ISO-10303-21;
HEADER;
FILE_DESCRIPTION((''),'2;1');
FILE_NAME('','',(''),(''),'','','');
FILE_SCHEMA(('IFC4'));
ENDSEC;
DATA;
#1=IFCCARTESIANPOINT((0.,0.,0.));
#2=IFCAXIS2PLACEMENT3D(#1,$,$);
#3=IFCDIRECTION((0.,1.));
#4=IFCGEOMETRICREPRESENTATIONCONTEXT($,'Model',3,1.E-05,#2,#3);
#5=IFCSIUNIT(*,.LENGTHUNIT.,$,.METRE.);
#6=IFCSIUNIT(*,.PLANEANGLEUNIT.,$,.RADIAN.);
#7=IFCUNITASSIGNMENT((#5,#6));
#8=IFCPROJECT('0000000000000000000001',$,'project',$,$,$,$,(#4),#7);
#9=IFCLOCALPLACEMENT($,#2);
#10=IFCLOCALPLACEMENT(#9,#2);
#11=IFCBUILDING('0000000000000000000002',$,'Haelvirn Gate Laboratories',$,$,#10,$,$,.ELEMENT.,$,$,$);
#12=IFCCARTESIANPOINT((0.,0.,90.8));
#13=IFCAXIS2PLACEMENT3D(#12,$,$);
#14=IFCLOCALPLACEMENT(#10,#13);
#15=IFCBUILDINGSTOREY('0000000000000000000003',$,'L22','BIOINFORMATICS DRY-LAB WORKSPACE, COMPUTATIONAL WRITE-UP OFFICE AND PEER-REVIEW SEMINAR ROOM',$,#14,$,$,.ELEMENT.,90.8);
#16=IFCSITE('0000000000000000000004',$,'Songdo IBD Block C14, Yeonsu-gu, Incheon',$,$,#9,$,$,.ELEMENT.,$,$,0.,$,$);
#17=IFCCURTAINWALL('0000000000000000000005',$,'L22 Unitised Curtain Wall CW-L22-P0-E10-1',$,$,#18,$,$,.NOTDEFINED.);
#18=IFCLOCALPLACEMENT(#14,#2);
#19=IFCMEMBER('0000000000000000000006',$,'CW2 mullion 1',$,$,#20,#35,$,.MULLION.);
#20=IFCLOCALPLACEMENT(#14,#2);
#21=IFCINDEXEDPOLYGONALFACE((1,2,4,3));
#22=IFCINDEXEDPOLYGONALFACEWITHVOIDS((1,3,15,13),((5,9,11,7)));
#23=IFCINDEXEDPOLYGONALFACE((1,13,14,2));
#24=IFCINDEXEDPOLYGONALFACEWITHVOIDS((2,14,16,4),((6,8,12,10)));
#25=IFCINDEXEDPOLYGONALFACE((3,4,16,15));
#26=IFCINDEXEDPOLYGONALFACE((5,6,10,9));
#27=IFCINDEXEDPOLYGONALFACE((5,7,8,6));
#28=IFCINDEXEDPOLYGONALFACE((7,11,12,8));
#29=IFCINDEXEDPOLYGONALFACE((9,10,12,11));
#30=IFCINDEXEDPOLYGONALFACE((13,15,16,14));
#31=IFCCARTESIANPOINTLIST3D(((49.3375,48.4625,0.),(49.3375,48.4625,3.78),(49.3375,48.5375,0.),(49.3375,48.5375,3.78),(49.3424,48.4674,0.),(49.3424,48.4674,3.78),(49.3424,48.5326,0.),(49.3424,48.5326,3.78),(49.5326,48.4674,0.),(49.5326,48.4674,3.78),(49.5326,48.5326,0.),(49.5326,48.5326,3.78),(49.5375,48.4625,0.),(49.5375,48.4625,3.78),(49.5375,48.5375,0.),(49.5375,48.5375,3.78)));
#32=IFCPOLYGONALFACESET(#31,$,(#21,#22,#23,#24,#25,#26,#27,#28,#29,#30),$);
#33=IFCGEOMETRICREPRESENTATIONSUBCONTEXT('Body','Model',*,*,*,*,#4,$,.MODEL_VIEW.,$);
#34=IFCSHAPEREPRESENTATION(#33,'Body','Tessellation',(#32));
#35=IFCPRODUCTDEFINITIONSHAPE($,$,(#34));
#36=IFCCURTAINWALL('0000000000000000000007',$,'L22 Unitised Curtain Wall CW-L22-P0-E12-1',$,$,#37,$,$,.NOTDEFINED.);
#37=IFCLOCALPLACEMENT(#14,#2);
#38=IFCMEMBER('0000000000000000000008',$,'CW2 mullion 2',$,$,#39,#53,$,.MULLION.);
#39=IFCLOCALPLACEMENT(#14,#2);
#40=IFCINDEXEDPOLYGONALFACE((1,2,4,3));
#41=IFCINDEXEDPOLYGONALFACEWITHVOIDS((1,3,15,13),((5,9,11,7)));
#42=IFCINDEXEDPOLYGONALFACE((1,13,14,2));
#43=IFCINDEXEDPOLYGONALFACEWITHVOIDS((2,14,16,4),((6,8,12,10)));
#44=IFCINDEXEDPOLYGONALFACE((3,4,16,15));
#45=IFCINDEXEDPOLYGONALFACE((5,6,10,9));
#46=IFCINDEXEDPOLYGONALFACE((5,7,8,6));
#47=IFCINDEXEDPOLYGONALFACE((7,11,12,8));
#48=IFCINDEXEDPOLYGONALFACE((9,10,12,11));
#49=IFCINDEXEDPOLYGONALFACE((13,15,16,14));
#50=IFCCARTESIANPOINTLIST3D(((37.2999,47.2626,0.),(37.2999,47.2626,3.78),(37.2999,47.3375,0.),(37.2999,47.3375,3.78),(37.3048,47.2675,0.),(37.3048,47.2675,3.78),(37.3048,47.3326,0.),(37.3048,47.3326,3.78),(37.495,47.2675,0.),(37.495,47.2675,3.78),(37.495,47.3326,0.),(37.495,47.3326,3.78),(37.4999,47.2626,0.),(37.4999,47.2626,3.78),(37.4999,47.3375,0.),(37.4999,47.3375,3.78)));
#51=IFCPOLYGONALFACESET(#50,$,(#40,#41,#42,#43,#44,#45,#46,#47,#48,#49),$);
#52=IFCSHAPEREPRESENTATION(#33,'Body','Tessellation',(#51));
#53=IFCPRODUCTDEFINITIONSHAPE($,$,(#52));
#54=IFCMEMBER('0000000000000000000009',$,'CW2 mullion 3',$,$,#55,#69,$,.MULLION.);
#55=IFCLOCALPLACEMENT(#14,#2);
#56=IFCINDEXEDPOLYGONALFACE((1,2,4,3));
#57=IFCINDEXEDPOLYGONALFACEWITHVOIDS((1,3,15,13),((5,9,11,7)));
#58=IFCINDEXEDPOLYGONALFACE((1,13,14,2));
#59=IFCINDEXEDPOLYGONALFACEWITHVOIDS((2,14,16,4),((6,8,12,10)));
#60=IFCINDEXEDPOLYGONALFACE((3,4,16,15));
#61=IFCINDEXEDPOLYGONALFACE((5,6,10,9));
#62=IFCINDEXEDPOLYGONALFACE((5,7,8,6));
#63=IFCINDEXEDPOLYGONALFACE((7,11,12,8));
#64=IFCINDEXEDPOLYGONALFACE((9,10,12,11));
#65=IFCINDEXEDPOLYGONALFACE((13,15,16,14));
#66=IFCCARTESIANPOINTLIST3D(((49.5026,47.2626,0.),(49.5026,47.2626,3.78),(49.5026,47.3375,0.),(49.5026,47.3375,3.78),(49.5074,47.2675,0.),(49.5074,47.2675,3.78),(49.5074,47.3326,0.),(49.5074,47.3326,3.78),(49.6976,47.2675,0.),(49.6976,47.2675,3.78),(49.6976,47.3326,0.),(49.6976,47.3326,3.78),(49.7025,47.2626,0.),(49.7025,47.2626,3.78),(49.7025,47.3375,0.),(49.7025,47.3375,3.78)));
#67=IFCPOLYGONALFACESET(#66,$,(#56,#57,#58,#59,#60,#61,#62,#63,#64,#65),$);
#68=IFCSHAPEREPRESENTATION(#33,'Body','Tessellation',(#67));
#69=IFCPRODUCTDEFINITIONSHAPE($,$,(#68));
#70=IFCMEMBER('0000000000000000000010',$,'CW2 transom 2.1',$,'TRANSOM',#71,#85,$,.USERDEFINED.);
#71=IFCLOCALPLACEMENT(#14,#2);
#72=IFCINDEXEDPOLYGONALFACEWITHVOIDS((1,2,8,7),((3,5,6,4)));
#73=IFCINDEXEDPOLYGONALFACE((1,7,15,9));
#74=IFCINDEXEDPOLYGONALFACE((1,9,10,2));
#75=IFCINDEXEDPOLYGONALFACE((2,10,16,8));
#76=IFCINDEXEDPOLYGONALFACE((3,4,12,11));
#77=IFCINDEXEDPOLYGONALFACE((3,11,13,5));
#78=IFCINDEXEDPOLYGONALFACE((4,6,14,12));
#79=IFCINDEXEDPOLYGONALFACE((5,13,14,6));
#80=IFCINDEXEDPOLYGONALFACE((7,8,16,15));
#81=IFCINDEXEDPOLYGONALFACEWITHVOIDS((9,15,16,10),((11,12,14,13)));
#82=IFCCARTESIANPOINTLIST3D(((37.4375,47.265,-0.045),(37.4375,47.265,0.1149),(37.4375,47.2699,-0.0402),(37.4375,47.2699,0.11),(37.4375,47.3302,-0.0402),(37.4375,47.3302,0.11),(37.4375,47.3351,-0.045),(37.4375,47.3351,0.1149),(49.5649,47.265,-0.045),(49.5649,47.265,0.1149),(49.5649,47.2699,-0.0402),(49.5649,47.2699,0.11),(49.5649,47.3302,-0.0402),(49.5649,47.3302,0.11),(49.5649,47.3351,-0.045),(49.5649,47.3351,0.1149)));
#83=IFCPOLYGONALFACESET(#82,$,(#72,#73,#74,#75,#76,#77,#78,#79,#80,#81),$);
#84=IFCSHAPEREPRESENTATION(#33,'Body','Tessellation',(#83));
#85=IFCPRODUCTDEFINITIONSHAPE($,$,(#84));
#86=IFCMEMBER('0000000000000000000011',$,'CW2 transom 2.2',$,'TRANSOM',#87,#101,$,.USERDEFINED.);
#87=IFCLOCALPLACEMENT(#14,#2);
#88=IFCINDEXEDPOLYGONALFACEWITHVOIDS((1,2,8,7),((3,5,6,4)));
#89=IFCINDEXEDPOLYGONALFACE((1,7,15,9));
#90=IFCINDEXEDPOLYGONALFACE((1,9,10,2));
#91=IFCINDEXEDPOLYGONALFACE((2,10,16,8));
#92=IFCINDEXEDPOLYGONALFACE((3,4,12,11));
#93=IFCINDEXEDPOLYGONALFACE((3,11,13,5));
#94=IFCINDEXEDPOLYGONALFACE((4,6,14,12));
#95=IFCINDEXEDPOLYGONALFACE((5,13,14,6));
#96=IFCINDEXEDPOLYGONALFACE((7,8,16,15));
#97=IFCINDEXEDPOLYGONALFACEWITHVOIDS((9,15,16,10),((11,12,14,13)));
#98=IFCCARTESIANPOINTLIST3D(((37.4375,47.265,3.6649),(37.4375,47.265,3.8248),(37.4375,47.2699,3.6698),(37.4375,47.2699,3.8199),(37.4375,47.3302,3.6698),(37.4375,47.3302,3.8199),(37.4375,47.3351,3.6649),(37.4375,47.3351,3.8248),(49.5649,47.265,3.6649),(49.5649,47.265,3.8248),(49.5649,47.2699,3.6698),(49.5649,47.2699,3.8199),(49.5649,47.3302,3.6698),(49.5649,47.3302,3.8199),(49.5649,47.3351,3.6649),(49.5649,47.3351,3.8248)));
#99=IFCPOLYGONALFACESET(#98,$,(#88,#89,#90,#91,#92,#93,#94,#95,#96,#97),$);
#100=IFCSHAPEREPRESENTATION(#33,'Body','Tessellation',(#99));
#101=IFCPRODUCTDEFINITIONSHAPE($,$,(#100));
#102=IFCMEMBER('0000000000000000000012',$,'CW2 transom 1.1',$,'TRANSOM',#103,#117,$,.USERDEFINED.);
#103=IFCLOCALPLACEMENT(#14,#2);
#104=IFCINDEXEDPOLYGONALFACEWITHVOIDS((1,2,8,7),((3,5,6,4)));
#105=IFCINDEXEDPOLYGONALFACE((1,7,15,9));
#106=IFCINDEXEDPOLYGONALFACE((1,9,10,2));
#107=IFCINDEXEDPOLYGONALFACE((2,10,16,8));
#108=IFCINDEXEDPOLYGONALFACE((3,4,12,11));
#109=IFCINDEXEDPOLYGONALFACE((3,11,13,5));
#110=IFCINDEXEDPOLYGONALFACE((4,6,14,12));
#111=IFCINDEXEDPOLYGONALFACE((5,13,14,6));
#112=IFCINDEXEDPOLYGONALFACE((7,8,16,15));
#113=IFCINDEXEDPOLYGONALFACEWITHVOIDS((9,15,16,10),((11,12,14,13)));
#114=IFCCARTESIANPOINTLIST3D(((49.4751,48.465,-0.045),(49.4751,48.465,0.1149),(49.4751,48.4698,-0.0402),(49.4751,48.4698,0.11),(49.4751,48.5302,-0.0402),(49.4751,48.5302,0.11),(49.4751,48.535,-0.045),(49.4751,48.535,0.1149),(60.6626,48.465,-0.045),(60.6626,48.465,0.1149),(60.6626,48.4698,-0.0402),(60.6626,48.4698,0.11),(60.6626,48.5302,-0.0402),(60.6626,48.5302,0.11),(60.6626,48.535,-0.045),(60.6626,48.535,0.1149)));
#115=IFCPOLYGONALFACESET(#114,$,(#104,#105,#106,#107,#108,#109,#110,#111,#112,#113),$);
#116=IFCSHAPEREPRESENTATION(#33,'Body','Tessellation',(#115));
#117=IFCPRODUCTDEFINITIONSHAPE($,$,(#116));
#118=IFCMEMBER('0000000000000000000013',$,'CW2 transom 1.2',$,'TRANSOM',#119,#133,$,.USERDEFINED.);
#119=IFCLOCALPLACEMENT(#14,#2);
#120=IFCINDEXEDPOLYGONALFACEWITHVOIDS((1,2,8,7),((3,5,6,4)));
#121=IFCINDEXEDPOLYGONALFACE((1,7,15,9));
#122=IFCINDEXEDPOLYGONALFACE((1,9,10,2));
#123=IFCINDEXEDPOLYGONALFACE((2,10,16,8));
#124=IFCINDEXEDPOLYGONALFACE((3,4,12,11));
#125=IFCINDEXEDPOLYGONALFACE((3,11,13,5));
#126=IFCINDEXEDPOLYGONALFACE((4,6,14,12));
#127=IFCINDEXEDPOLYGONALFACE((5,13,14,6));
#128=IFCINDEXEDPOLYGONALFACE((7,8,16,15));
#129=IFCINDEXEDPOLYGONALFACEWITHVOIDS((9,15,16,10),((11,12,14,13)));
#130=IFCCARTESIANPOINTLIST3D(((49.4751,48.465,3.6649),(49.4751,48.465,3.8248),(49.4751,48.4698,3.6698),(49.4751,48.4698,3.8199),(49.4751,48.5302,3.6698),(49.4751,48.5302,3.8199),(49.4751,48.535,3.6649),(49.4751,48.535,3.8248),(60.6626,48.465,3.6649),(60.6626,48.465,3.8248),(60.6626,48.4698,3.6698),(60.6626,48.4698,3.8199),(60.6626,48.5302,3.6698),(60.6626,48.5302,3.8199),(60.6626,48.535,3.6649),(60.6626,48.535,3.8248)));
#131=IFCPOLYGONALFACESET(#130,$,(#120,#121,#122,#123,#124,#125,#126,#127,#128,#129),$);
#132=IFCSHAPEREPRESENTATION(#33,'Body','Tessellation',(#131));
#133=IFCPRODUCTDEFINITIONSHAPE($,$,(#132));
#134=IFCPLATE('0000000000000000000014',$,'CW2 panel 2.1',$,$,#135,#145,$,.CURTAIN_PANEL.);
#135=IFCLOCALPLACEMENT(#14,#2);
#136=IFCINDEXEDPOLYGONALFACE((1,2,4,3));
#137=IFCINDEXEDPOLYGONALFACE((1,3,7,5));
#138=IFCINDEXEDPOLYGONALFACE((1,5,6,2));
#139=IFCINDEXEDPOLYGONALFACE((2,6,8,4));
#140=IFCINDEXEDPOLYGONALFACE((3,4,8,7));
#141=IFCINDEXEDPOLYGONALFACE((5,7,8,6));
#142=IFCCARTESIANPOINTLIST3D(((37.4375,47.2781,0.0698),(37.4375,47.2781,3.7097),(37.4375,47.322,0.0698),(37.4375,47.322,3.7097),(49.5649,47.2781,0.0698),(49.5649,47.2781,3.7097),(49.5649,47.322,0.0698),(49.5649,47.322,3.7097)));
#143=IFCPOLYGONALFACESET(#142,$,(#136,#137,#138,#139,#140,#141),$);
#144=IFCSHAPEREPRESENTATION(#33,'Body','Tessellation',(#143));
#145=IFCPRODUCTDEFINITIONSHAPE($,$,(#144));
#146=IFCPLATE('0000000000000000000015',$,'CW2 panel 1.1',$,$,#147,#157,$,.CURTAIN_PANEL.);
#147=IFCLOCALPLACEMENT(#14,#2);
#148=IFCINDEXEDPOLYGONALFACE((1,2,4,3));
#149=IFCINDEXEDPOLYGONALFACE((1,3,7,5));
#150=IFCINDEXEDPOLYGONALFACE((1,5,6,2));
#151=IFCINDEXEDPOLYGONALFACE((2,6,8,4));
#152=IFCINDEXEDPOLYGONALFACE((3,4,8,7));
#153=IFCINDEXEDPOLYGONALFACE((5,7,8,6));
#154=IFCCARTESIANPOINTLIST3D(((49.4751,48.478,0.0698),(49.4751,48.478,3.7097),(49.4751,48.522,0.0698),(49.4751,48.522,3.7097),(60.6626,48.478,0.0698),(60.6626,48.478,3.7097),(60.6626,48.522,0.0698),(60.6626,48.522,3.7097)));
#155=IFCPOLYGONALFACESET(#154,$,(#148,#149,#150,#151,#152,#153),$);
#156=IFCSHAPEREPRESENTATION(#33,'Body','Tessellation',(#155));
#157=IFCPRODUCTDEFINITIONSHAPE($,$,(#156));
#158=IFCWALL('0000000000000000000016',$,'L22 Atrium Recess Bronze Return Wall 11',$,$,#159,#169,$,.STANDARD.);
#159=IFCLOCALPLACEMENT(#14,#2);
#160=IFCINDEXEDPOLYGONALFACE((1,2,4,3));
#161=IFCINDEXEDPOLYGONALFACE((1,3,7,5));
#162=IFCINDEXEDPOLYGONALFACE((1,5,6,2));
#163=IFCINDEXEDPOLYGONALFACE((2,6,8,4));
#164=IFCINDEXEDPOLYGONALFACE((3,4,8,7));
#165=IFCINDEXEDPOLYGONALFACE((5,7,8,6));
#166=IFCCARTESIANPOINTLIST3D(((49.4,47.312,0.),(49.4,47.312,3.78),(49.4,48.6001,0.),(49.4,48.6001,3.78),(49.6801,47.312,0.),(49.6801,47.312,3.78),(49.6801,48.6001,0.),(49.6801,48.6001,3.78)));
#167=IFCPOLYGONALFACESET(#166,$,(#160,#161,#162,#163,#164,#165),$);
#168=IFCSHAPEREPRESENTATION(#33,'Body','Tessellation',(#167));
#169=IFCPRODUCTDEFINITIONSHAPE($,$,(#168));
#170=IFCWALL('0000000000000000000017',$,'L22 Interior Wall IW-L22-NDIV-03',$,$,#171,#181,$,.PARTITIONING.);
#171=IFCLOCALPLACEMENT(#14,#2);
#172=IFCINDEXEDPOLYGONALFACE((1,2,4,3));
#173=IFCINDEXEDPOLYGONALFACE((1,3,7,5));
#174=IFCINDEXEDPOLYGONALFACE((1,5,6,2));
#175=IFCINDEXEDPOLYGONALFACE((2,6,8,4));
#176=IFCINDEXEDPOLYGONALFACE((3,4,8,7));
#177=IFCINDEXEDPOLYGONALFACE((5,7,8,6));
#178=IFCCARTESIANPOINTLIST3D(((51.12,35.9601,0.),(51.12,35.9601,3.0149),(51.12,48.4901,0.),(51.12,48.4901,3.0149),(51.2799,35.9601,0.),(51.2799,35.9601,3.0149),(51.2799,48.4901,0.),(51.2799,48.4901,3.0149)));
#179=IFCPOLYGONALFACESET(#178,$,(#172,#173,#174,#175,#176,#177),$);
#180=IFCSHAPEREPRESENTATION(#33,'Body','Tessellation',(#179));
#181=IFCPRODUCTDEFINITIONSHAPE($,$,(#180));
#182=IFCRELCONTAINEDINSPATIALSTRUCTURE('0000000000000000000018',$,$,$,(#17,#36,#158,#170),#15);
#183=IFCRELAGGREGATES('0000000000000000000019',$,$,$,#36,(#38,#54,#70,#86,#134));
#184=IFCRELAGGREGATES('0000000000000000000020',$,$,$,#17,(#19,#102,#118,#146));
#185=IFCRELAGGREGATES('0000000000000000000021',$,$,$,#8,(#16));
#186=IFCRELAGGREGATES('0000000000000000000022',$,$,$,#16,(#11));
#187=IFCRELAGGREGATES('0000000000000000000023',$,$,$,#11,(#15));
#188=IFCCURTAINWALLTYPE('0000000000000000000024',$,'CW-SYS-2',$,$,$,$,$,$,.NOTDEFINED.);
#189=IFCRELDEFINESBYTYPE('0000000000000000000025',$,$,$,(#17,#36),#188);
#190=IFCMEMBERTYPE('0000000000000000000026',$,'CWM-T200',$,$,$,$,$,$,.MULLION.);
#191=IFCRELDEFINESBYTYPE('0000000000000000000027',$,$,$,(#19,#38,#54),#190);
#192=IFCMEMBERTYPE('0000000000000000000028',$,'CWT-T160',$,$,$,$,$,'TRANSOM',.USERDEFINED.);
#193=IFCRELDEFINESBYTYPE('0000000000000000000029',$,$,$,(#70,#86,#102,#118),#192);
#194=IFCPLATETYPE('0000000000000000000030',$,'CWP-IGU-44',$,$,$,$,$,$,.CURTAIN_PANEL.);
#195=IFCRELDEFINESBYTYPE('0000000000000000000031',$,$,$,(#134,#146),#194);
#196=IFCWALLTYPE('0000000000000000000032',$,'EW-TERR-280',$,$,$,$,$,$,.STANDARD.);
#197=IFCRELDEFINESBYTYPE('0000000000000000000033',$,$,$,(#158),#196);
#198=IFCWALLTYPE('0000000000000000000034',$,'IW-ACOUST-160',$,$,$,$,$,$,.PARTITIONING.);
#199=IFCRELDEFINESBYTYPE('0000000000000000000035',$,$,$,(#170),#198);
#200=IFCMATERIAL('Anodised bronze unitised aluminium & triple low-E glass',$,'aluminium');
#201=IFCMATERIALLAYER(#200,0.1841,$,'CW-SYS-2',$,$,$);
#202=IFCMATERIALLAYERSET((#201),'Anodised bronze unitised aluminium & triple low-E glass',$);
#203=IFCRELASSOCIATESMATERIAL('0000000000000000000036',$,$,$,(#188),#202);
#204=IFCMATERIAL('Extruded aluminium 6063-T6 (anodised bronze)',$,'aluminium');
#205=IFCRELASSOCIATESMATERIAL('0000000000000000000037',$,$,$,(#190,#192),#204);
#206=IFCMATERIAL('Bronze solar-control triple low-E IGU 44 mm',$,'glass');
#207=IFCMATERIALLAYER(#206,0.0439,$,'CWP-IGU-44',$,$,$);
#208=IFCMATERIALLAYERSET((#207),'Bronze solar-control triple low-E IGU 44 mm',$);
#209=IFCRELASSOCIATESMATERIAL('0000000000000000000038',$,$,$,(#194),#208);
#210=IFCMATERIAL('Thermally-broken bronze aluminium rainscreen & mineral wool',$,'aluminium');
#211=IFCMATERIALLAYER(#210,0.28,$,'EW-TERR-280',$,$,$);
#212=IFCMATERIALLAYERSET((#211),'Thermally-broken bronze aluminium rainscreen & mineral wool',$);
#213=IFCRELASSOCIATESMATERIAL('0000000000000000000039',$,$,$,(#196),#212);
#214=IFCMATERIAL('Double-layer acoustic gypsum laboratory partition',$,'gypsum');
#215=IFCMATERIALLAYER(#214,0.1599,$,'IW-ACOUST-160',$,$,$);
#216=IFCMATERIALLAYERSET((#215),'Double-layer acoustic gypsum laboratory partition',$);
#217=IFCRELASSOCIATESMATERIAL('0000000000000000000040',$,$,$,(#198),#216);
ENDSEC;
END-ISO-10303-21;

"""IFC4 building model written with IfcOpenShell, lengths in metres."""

from ifc_helpers import new_model, si_unit, direction, frame, frame_2d, origin, origin_2d, place, context, subcontext, project, spatial, rectangle, hollow_rectangle, extrude, source, transform, mapped, material, layer, layer_set, material_profile, profile_set, type_object, type_shapes, element, aggregate, save


model = new_model("IFC4")

# Units and contexts
model_context = context("Model", 3, precision=1e-05, world=origin(), true_north=direction((0.0, 1.0)))
body_context = subcontext(model_context, "Body", "Model", "MODEL_VIEW")
ifc_project = project(units=[si_unit("LENGTHUNIT", "METRE"), si_unit("PLANEANGLEUNIT", "RADIAN")], contexts=[model_context])

# Site, building, storey
site_placement = place(None, origin())
site = spatial("IfcSite", under=ifc_project, at=site_placement, Name="Songdo IBD Block C14, Yeonsu-gu, Incheon", CompositionType="ELEMENT", RefElevation=0.0)
building_placement = place(site_placement, origin())
building = spatial("IfcBuilding", under=site, at=building_placement, Name="Haelvirn Gate Laboratories", CompositionType="ELEMENT")
storey_placement = place(building_placement, frame((0.0, 0.0, 90.8)))
storey = spatial("IfcBuildingStorey", under=building, at=storey_placement, Name="L22", Description="BIOINFORMATICS DRY-LAB WORKSPACE, COMPUTATIONAL WRITE-UP OFFICE AND PEER-REVIEW SEMINAR ROOM", CompositionType="ELEMENT", Elevation=90.8)

# Curtain wall, member
ifc_material_1 = material(Name="Anodised bronze unitised aluminium & triple low-E glass", Category="aluminium")
ifc_layer_1 = layer(ifc_material_1, 0.1841, Name="CW-SYS-2")
ifc_layer_set_1 = layer_set([ifc_layer_1], Name="Anodised bronze unitised aluminium & triple low-E glass")
curtain_wall_type = type_object("IfcCurtainWallType", Name="CW-SYS-2", PredefinedType="NOTDEFINED", material=ifc_layer_set_1)
curtain_wall_1_placement = place(storey_placement, origin())
curtain_wall_1 = element("IfcCurtainWall", 1, at=curtain_wall_1_placement, inside=storey, type_object=curtain_wall_type, Name="L22 Unitised Curtain Wall CW-L22-P0-E10-1", PredefinedType="NOTDEFINED")
ifc_material_2 = material(Name="Extruded aluminium 6063-T6 (anodised bronze)", Category="aluminium")
ifc_material_profile_1 = material_profile(ifc_material_2, hollow_rectangle(XDim=0.075, YDim=0.2, WallThickness=0.0049, at=origin_2d()), Name="CWM-200x75x5")
ifc_profile_set_1 = profile_set([ifc_material_profile_1], Name="Extruded aluminium 6063-T6 (anodised bronze)")
member_type_1 = type_object("IfcMemberType", Name="CWM-T200", PredefinedType="MULLION", material=ifc_profile_set_1)
shared_shape_1 = source(origin(), body_context, "Body", "SweptSolid", [
    extrude(hollow_rectangle(XDim=0.075, YDim=0.2, WallThickness=0.0049, at=origin_2d()), origin(), (0.0, 0.0, 1.0), 3.78),
])
type_shapes(member_type_1, [shared_shape_1])
member_1_placement = place(storey_placement, frame((49.4375, 48.5, 0.0), z_axis=(0.0, 0.0, 1.0), x_axis=(0.0, 1.0, 0.0)))
member_1 = element("IfcMember", 2, at=member_1_placement, type_object=member_type_1, Name="CW2 mullion 1", PredefinedType="MULLION", context=body_context, shape_type="MappedRepresentation", body=[
    mapped(shared_shape_1, transform((0.0, 0.0, 0.0), scale=1.0)),
])

# Curtain wall, members
curtain_wall_2_placement = place(storey_placement, origin())
curtain_wall_2 = element("IfcCurtainWall", 3, at=curtain_wall_2_placement, inside=storey, type_object=curtain_wall_type, Name="L22 Unitised Curtain Wall CW-L22-P0-E12-1", PredefinedType="NOTDEFINED")
member_2_placement = place(storey_placement, frame((37.3999, 47.3, 0.0), z_axis=(0.0, 0.0, 1.0), x_axis=(0.0, 1.0, 0.0)))
member_2 = element("IfcMember", 4, at=member_2_placement, type_object=member_type_1, Name="CW2 mullion 2", PredefinedType="MULLION", context=body_context, shape_type="MappedRepresentation", body=[
    mapped(shared_shape_1, transform((0.0, 0.0, 0.0), scale=1.0)),
])
member_3_placement = place(storey_placement, frame((49.6025, 47.3, 0.0), z_axis=(0.0, 0.0, 1.0), x_axis=(0.0, 1.0, 0.0)))
member_3 = element("IfcMember", 5, at=member_3_placement, type_object=member_type_1, Name="CW2 mullion 3", PredefinedType="MULLION", context=body_context, shape_type="MappedRepresentation", body=[
    mapped(shared_shape_1, transform((0.0, 0.0, 0.0), scale=1.0)),
])
ifc_material_profile_2 = material_profile(ifc_material_2, hollow_rectangle(XDim=0.0701, YDim=0.1599, WallThickness=0.0049, at=origin_2d()), Name="CWT-160x70x5")
ifc_profile_set_2 = profile_set([ifc_material_profile_2], Name="Extruded aluminium 6063-T6 (anodised bronze)")
member_type_2 = type_object("IfcMemberType", Name="CWT-T160", ElementType="TRANSOM", PredefinedType="USERDEFINED", material=ifc_profile_set_2)
shared_shape_2 = source(origin(), body_context, "Body", "SweptSolid", [
    extrude(hollow_rectangle(XDim=0.0701, YDim=0.1599, WallThickness=0.0049, at=origin_2d()), origin(), (0.0, 0.0, 1.0), 12.1274),
])
member_4_placement = place(storey_placement, frame((37.4375, 47.3, 0.0349), z_axis=(1.0, 0.0, 0.0), x_axis=(0.0, 1.0, 0.0)))
member_4 = element("IfcMember", 6, at=member_4_placement, type_object=member_type_2, Name="CW2 transom 2.1", ObjectType="TRANSOM", PredefinedType="USERDEFINED", context=body_context, shape_type="MappedRepresentation", body=[
    mapped(shared_shape_2, transform((0.0, 0.0, 0.0), scale=1.0)),
])
member_5_placement = place(storey_placement, frame((37.4375, 47.3, 3.7449), z_axis=(1.0, 0.0, 0.0), x_axis=(0.0, 1.0, 0.0)))
member_5 = element("IfcMember", 7, at=member_5_placement, type_object=member_type_2, Name="CW2 transom 2.2", ObjectType="TRANSOM", PredefinedType="USERDEFINED", context=body_context, shape_type="MappedRepresentation", body=[
    mapped(shared_shape_2, transform((0.0, 0.0, 0.0), scale=1.0)),
])

# Members
shared_shape_3 = source(origin(), body_context, "Body", "SweptSolid", [
    extrude(hollow_rectangle(XDim=0.0701, YDim=0.1599, WallThickness=0.0049, at=origin_2d()), origin(), (0.0, 0.0, 1.0), 11.1875),
])
type_shapes(member_type_2, [shared_shape_2, shared_shape_3])
member_6_placement = place(storey_placement, frame((49.4751, 48.5, 0.0349), z_axis=(1.0, 0.0, 0.0), x_axis=(0.0, 1.0, 0.0)))
member_6 = element("IfcMember", 8, at=member_6_placement, type_object=member_type_2, Name="CW2 transom 1.1", ObjectType="TRANSOM", PredefinedType="USERDEFINED", context=body_context, shape_type="MappedRepresentation", body=[
    mapped(shared_shape_3, transform((0.0, 0.0, 0.0), scale=1.0)),
])
member_7_placement = place(storey_placement, frame((49.4751, 48.5, 3.7449), z_axis=(1.0, 0.0, 0.0), x_axis=(0.0, 1.0, 0.0)))
member_7 = element("IfcMember", 9, at=member_7_placement, type_object=member_type_2, Name="CW2 transom 1.2", ObjectType="TRANSOM", PredefinedType="USERDEFINED", context=body_context, shape_type="MappedRepresentation", body=[
    mapped(shared_shape_3, transform((0.0, 0.0, 0.0), scale=1.0)),
])

# Plates
ifc_material_3 = material(Name="Bronze solar-control triple low-E IGU 44 mm", Category="glass")
ifc_layer_2 = layer(ifc_material_3, 0.0439, Name="CWP-IGU-44")
ifc_layer_set_2 = layer_set([ifc_layer_2], Name="Bronze solar-control triple low-E IGU 44 mm")
plate_type = type_object("IfcPlateType", Name="CWP-IGU-44", PredefinedType="CURTAIN_PANEL", material=ifc_layer_set_2)
shared_shape_4 = source(origin(), body_context, "Body", "SweptSolid", [
    extrude(rectangle(XDim=12.1274, YDim=0.0439, at=origin_2d()), origin(), (0.0, 0.0, 1.0), 3.6399),
])
plate_1_placement = place(storey_placement, frame((43.5012, 47.3, 0.0698), z_axis=(0.0, 0.0, 1.0), x_axis=(1.0, 0.0, 0.0)))
plate_1 = element("IfcPlate", 10, at=plate_1_placement, type_object=plate_type, Name="CW2 panel 2.1", PredefinedType="CURTAIN_PANEL", context=body_context, shape_type="MappedRepresentation", body=[
    mapped(shared_shape_4, transform((0.0, 0.0, 0.0), scale=1.0)),
])
aggregate(curtain_wall_2, [member_2, member_3, member_4, member_5, plate_1])
shared_shape_5 = source(origin(), body_context, "Body", "SweptSolid", [
    extrude(rectangle(XDim=11.1875, YDim=0.0439, at=origin_2d()), origin(), (0.0, 0.0, 1.0), 3.6399),
])
type_shapes(plate_type, [shared_shape_4, shared_shape_5])
plate_2_placement = place(storey_placement, frame((55.0688, 48.5, 0.0698), z_axis=(0.0, 0.0, 1.0), x_axis=(1.0, 0.0, 0.0)))
plate_2 = element("IfcPlate", 11, at=plate_2_placement, type_object=plate_type, Name="CW2 panel 1.1", PredefinedType="CURTAIN_PANEL", context=body_context, shape_type="MappedRepresentation", body=[
    mapped(shared_shape_5, transform((0.0, 0.0, 0.0), scale=1.0)),
])
aggregate(curtain_wall_1, [member_1, member_6, member_7, plate_2])

# Walls
ifc_material_4 = material(Name="Thermally-broken bronze aluminium rainscreen & mineral wool", Category="aluminium")
ifc_layer_3 = layer(ifc_material_4, 0.28, Name="EW-TERR-280")
ifc_layer_set_3 = layer_set([ifc_layer_3], Name="Thermally-broken bronze aluminium rainscreen & mineral wool")
wall_type_1 = type_object("IfcWallType", Name="EW-TERR-280", PredefinedType="STANDARD", material=ifc_layer_set_3)
wall_1_placement = place(storey_placement, frame((49.54, 48.6001, 0.0), z_axis=(0.0, 0.0, 1.0), x_axis=(0.0, -1.0, 0.0)))
element("IfcWall", 12, at=wall_1_placement, inside=storey, type_object=wall_type_1, Name="L22 Atrium Recess Bronze Return Wall 11", PredefinedType="STANDARD", context=body_context, shape_type="SweptSolid", body=[
    extrude(rectangle(XDim=1.2881, YDim=0.28, at=frame_2d((0.644, 0.0))), origin(), (0.0, 0.0, 1.0), 3.78),
])
ifc_material_5 = material(Name="Double-layer acoustic gypsum laboratory partition", Category="gypsum")
ifc_layer_4 = layer(ifc_material_5, 0.1599, Name="IW-ACOUST-160")
ifc_layer_set_4 = layer_set([ifc_layer_4], Name="Double-layer acoustic gypsum laboratory partition")
wall_type_2 = type_object("IfcWallType", Name="IW-ACOUST-160", PredefinedType="PARTITIONING", material=ifc_layer_set_4)
wall_2_placement = place(storey_placement, frame((51.2, 35.96, 0.0), z_axis=(0.0, 0.0, 1.0), x_axis=(0.0, 1.0, 0.0)))
element("IfcWall", 13, at=wall_2_placement, inside=storey, type_object=wall_type_2, Name="L22 Interior Wall IW-L22-NDIV-03", PredefinedType="PARTITIONING", context=body_context, shape_type="SweptSolid", body=[
    extrude(rectangle(XDim=12.53, YDim=0.1599, at=frame_2d((6.2651, 0.0))), origin(), (0.0, 0.0, 1.0), 3.0149),
])

save(model, "model.ifc")
